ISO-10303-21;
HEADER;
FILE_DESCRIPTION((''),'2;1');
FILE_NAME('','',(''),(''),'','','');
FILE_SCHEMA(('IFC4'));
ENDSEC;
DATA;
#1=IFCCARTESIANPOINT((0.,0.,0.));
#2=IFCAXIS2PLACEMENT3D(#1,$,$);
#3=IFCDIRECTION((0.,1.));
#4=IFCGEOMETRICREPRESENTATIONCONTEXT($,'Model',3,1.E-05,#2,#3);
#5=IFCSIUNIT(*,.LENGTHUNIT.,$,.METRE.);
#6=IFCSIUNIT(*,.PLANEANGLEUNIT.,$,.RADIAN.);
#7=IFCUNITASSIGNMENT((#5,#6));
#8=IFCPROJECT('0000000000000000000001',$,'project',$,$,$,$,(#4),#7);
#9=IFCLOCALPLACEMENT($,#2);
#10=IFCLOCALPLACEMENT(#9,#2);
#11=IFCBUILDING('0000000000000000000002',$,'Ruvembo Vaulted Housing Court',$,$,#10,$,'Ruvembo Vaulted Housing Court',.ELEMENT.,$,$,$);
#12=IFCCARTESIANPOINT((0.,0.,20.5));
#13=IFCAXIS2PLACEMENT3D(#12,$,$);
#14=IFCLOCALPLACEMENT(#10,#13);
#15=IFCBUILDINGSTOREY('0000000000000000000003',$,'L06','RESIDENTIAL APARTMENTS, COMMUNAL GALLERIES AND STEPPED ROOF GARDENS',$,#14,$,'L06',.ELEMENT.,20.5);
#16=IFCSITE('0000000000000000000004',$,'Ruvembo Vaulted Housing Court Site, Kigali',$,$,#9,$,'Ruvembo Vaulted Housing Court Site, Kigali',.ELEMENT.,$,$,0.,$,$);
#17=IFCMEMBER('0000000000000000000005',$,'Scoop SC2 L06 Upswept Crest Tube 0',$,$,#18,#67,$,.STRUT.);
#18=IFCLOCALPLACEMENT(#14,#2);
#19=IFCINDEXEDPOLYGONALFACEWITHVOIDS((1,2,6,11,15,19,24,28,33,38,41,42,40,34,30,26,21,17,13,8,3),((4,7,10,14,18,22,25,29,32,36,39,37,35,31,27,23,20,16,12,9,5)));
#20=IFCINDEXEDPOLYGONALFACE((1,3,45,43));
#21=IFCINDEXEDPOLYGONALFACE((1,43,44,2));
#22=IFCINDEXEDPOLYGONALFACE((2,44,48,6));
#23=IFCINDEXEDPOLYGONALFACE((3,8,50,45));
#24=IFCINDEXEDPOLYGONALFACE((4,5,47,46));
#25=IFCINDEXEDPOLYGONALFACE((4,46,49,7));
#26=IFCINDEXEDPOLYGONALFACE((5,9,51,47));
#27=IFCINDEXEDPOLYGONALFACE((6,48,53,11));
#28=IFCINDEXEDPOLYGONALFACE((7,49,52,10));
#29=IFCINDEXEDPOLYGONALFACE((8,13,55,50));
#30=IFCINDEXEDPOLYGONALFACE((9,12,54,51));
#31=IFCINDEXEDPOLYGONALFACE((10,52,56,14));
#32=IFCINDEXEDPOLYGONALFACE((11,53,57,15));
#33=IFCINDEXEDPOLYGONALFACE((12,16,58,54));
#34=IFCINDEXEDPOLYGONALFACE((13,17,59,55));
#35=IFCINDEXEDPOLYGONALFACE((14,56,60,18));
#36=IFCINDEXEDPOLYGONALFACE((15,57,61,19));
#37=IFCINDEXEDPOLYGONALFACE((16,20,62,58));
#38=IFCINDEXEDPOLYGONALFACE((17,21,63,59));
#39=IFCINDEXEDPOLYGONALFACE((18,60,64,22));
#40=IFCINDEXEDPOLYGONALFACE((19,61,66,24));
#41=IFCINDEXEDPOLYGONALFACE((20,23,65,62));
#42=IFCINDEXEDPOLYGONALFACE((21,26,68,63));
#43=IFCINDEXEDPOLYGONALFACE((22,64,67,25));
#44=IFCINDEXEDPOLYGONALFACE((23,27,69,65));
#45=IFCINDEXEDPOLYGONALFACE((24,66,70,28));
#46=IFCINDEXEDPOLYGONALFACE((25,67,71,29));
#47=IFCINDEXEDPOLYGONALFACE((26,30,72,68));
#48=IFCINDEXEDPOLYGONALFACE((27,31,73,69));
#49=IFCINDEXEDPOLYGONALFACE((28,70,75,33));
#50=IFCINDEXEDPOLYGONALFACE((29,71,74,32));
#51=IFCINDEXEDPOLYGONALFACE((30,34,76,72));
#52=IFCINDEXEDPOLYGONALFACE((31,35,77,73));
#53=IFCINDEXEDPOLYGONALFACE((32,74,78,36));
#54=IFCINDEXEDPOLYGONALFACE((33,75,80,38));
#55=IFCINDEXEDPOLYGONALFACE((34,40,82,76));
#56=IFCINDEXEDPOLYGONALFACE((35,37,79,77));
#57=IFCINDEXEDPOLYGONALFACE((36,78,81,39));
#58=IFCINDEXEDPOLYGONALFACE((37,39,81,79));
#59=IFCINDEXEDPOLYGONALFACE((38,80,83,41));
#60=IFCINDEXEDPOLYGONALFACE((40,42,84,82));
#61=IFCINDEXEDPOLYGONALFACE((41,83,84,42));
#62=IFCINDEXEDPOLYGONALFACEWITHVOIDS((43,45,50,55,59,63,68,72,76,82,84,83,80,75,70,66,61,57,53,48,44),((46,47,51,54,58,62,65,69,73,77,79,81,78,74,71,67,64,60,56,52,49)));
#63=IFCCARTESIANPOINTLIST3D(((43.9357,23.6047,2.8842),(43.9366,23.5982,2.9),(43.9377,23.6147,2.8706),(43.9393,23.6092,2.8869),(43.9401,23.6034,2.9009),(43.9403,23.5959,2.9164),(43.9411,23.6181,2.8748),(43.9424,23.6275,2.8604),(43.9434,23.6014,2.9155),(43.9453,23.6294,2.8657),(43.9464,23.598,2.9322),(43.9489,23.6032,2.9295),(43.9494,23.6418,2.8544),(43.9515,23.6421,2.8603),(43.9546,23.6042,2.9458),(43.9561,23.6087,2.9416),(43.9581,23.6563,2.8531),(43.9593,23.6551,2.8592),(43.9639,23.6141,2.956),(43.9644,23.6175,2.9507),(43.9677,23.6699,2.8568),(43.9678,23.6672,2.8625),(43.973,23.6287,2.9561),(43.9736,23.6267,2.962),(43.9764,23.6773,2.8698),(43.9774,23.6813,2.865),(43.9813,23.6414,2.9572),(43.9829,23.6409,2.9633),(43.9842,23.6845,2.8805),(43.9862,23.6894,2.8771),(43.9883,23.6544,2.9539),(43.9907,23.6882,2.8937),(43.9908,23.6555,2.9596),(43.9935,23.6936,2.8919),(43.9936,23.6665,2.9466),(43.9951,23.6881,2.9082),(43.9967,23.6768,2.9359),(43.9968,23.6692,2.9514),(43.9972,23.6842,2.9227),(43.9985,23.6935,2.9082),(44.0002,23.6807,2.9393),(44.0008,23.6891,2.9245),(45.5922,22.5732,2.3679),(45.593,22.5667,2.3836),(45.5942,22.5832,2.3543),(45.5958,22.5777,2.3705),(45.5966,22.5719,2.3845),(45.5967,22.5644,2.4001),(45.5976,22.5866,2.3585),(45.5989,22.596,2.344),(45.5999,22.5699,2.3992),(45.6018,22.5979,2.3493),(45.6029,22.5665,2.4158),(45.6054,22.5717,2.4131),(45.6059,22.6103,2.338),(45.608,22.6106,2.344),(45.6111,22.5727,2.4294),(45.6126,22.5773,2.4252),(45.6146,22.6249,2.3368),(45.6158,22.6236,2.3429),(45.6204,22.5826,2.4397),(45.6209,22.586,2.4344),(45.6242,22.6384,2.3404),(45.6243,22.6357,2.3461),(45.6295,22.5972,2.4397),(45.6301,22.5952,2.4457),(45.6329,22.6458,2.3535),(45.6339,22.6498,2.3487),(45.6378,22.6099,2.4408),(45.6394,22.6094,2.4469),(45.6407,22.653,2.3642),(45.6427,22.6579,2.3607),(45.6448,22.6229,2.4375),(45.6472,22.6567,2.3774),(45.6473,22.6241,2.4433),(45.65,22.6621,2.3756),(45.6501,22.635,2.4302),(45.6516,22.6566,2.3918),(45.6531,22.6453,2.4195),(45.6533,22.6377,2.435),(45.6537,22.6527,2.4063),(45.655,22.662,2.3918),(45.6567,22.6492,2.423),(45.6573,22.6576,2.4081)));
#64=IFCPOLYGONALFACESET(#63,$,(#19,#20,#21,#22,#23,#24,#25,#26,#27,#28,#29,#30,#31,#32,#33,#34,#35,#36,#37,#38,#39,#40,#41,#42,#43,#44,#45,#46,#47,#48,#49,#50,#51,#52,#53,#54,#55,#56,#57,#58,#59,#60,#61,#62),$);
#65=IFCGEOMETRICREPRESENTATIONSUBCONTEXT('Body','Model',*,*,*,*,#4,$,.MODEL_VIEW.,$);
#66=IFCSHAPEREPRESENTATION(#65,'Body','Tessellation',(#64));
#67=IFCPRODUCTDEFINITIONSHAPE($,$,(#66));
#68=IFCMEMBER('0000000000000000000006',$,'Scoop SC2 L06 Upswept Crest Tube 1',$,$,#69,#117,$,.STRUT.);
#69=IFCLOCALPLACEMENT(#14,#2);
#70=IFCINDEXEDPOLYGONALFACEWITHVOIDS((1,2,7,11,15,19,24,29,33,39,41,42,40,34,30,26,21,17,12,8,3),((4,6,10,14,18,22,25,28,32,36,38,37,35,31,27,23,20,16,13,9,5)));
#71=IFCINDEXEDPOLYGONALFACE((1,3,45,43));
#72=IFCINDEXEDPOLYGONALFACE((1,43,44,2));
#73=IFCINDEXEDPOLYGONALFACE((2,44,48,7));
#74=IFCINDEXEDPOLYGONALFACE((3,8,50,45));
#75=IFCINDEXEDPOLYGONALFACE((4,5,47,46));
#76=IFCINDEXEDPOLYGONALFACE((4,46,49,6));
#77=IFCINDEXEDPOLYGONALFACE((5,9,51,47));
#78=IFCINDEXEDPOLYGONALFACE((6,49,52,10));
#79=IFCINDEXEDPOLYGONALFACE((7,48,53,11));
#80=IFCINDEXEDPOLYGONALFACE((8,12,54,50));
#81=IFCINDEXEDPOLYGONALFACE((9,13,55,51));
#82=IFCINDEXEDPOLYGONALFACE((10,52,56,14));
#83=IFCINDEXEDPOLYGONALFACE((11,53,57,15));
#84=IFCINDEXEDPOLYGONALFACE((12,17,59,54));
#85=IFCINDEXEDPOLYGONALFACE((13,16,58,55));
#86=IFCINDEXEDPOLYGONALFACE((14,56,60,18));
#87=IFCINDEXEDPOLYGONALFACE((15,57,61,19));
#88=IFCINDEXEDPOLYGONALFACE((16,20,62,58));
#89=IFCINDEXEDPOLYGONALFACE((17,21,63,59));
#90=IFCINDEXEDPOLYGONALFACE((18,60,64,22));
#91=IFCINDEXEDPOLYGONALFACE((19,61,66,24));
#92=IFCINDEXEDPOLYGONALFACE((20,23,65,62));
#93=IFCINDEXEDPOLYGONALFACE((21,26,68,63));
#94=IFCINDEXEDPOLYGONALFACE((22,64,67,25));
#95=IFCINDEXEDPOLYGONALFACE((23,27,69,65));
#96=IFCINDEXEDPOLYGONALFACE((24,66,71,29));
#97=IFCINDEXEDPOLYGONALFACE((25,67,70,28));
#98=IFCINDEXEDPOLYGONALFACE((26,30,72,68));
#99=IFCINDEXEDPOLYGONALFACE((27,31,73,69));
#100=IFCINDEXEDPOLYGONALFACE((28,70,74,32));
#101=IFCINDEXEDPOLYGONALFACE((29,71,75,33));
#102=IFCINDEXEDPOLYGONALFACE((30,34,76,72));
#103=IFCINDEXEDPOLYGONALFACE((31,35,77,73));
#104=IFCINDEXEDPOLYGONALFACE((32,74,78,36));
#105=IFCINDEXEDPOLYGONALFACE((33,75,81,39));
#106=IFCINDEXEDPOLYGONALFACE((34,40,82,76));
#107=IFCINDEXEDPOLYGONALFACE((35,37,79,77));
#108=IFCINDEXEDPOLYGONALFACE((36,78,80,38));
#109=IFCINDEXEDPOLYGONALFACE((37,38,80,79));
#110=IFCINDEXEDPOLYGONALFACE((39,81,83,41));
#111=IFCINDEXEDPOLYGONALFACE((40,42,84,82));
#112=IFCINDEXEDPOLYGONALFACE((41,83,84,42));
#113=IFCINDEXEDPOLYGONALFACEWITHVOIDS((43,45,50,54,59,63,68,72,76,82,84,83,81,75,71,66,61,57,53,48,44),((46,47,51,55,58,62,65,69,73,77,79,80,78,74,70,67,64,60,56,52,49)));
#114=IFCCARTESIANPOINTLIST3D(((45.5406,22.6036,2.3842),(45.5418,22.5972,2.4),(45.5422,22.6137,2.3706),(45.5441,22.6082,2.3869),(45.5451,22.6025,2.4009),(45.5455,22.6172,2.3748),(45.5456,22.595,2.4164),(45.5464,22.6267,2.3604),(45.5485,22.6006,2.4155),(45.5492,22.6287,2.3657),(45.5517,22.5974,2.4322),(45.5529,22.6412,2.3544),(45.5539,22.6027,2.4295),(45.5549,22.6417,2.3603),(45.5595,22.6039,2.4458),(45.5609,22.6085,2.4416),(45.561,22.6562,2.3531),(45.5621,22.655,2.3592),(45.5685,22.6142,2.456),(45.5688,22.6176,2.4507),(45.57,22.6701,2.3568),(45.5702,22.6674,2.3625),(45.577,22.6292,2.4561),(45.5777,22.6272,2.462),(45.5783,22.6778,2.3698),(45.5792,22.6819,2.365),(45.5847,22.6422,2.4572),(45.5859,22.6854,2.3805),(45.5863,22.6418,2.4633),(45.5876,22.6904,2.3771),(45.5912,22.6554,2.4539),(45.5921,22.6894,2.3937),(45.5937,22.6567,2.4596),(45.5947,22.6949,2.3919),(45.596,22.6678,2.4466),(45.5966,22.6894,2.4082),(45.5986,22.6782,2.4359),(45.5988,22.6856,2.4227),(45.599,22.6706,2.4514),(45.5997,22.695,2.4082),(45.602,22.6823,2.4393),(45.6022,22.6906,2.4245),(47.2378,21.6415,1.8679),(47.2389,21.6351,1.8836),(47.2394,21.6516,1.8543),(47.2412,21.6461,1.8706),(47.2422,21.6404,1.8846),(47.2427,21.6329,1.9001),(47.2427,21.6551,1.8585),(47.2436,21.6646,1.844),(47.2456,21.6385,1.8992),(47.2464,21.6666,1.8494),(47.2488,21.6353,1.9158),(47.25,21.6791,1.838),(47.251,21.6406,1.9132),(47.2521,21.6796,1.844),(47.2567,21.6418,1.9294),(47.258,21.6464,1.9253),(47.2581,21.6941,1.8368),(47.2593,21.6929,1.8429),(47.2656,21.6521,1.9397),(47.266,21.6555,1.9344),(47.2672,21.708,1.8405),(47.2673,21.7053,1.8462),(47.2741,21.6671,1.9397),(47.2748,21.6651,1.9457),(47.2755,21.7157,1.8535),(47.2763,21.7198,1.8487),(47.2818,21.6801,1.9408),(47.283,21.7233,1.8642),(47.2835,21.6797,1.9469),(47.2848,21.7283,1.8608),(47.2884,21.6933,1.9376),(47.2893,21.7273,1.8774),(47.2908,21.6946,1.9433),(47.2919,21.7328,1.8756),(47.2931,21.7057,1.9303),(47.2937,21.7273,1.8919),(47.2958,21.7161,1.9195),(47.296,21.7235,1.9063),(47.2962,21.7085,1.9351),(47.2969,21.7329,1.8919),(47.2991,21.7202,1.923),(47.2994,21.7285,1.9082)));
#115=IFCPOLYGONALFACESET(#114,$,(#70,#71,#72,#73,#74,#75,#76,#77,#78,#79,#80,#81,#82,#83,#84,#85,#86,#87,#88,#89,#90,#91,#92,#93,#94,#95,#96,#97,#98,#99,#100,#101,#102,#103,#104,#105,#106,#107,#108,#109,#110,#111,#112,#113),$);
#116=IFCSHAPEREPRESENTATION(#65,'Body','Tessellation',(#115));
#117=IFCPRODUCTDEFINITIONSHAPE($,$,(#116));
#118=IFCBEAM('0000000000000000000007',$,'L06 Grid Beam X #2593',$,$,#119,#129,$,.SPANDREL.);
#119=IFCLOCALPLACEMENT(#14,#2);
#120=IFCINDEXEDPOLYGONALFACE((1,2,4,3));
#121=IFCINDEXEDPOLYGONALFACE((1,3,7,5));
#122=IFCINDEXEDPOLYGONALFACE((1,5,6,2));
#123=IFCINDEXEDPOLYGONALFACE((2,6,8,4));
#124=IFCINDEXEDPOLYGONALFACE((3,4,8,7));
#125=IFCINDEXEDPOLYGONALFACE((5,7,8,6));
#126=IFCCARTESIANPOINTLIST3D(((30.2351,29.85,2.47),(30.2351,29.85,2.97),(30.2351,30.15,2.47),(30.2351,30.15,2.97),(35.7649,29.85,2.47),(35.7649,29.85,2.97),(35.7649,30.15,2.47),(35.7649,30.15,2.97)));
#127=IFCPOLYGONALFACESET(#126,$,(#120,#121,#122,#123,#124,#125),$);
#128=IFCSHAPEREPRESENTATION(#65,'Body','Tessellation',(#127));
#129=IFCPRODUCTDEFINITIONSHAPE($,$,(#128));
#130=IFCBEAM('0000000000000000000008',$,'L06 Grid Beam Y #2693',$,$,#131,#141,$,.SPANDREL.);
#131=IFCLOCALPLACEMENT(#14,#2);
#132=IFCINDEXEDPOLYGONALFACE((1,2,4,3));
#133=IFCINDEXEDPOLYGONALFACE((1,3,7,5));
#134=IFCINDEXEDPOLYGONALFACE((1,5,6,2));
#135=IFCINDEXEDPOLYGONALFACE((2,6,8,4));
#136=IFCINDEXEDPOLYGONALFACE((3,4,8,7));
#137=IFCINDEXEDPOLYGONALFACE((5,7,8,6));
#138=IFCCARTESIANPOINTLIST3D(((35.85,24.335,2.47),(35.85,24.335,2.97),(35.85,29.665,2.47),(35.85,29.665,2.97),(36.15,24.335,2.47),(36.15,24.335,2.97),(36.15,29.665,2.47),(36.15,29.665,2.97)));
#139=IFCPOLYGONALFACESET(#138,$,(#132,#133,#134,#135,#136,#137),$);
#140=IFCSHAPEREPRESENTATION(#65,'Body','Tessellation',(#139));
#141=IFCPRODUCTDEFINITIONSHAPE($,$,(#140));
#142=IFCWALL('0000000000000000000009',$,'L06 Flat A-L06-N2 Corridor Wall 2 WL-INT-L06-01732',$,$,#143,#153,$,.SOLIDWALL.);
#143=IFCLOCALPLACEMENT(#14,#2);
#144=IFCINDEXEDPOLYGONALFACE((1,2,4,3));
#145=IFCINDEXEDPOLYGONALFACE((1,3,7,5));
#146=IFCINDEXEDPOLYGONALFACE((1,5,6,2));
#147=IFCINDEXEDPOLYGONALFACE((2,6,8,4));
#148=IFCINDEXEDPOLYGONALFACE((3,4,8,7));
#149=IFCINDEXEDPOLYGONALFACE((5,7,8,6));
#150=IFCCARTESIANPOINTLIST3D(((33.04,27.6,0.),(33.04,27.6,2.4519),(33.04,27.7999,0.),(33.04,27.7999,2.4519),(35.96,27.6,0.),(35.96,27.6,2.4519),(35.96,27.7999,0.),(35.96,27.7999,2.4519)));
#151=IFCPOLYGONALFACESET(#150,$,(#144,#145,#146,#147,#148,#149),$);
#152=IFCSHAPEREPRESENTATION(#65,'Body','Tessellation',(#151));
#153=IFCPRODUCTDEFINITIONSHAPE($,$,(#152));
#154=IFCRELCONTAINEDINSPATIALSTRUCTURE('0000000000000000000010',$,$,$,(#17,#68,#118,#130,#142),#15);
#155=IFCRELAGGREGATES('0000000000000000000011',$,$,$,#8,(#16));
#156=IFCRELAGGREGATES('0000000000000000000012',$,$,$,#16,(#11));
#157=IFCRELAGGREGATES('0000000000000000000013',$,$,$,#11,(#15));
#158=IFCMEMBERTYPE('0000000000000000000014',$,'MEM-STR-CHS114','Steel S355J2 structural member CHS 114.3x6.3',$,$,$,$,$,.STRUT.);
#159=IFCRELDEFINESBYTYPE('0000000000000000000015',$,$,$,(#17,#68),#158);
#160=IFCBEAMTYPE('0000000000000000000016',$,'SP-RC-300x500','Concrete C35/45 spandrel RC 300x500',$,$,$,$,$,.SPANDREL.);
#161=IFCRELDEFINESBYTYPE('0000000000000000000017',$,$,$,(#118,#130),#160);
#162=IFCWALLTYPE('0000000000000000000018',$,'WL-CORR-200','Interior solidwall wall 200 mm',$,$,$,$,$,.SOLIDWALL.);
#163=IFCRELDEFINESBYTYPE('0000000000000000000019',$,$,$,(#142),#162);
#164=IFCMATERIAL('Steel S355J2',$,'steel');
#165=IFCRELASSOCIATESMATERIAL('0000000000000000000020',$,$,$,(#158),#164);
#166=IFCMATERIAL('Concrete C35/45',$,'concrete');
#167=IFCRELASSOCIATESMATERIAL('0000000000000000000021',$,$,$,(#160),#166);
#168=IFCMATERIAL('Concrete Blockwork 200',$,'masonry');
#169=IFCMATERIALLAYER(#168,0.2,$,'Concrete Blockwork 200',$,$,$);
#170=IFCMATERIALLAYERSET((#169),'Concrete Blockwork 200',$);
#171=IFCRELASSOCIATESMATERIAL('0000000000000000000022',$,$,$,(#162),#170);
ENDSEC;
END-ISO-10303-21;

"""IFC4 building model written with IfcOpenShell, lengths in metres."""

from ifc_helpers import new_model, si_unit, direction, frame, frame_2d, origin, origin_2d, place, context, subcontext, project, spatial, rectangle, hollow_circle, extrude, material, layer, layer_set, material_profile, profile_set, type_object, element, save


model = new_model("IFC4")

# Units and contexts
model_context = context("Model", 3, precision=1e-05, world=origin(), true_north=direction((0.0, 1.0)))
body_context = subcontext(model_context, "Body", "Model", "MODEL_VIEW")
ifc_project = project(units=[si_unit("LENGTHUNIT", "METRE"), si_unit("PLANEANGLEUNIT", "RADIAN")], contexts=[model_context])

# Site, building, storey
site_placement = place(None, origin())
site = spatial("IfcSite", under=ifc_project, at=site_placement, Name="Ruvembo Vaulted Housing Court Site, Kigali", LongName="Ruvembo Vaulted Housing Court Site, Kigali", CompositionType="ELEMENT", RefElevation=0.0)
building_placement = place(site_placement, origin())
building = spatial("IfcBuilding", under=site, at=building_placement, Name="Ruvembo Vaulted Housing Court", LongName="Ruvembo Vaulted Housing Court", CompositionType="ELEMENT")
storey_placement = place(building_placement, frame((0.0, 0.0, 20.5)))
storey = spatial("IfcBuildingStorey", under=building, at=storey_placement, Name="L06", Description="RESIDENTIAL APARTMENTS, COMMUNAL GALLERIES AND STEPPED ROOF GARDENS", LongName="L06", CompositionType="ELEMENT", Elevation=20.5)

# Shared definitions
ifc_material_1 = material(Name="Concrete C35/45", Category="concrete")

# Members
ifc_material_2 = material(Name="Steel S355J2", Category="steel")
ifc_material_profile_1 = material_profile(ifc_material_2, hollow_circle(Radius=0.0571, WallThickness=0.0063, at=origin_2d()), Name="CHS 114.3x6.3")
ifc_profile_set_1 = profile_set([ifc_material_profile_1], Name="Steel S355J2")
member_type_1 = type_object("IfcMemberType", Name="MEM-STR-CHS114", Description="Steel S355J2 structural member CHS 114.3x6.3", PredefinedType="STRUT", material=ifc_profile_set_1)
member_1_placement = place(storey_placement, frame((43.9683, 23.645, 2.9082), z_axis=(0.820632, -0.511005, -0.255805), x_axis=(0.528592, 0.848876, 0.0)))
element("IfcMember", 1, at=member_1_placement, inside=storey, type_object=member_type_1, Name="Scoop SC2 L06 Upswept Crest Tube 0", PredefinedType="STRUT", context=body_context, shape_type="SweptSolid", body=[
    extrude(hollow_circle(Radius=0.0571, WallThickness=0.0063, at=origin_2d()), origin(), (0.0, 0.0, 1.0), 2.0186),
])
member_2_placement = place(storey_placement, frame((45.5715, 22.6453, 2.4082), z_axis=(0.840985, -0.476744, -0.255852), x_axis=(0.493158, 0.86994, 0.0)))
element("IfcMember", 2, at=member_2_placement, inside=storey, type_object=member_type_1, Name="Scoop SC2 L06 Upswept Crest Tube 1", PredefinedType="STRUT", context=body_context, shape_type="SweptSolid", body=[
    extrude(hollow_circle(Radius=0.0571, WallThickness=0.0063, at=origin_2d()), origin(), (0.0, 0.0, 1.0), 2.0181),
])

# Beams
ifc_material_profile_2 = material_profile(ifc_material_1, rectangle(XDim=0.3, YDim=0.5, at=origin_2d()), Name="RC 300x500")
ifc_profile_set_2 = profile_set([ifc_material_profile_2], Name="Concrete C35/45")
beam_type = type_object("IfcBeamType", Name="SP-RC-300x500", Description="Concrete C35/45 spandrel RC 300x500", PredefinedType="SPANDREL", material=ifc_profile_set_2)
beam_1_placement = place(storey_placement, frame((30.2351, 30.0, 2.72), z_axis=(1.0, 0.0, 0.0), x_axis=(0.0, 1.0, 0.0)))
element("IfcBeam", 3, at=beam_1_placement, inside=storey, type_object=beam_type, Name="L06 Grid Beam X #2593", PredefinedType="SPANDREL", context=body_context, shape_type="SweptSolid", body=[
    extrude(rectangle(XDim=0.3, YDim=0.5, at=origin_2d()), origin(), (0.0, 0.0, 1.0), 5.5298),
])
beam_2_placement = place(storey_placement, frame((36.0, 24.335, 2.72), z_axis=(0.0, 1.0, 0.0), x_axis=(-1.0, 0.0, 0.0)))
element("IfcBeam", 4, at=beam_2_placement, inside=storey, type_object=beam_type, Name="L06 Grid Beam Y #2693", PredefinedType="SPANDREL", context=body_context, shape_type="SweptSolid", body=[
    extrude(rectangle(XDim=0.3, YDim=0.5, at=origin_2d()), origin(), (0.0, 0.0, 1.0), 5.3301),
])

# Wall
ifc_material_3 = material(Name="Concrete Blockwork 200", Category="masonry")
ifc_layer_1 = layer(ifc_material_3, 0.2, Name="Concrete Blockwork 200")
ifc_layer_set_1 = layer_set([ifc_layer_1], Name="Concrete Blockwork 200")
wall_type_1 = type_object("IfcWallType", Name="WL-CORR-200", Description="Interior solidwall wall 200 mm", PredefinedType="SOLIDWALL", material=ifc_layer_set_1)
wall_1_placement = place(storey_placement, frame((33.04, 27.7, 0.0), z_axis=(0.0, 0.0, 1.0), x_axis=(1.0, 0.0, 0.0)))
element("IfcWall", 5, at=wall_1_placement, inside=storey, type_object=wall_type_1, Name="L06 Flat A-L06-N2 Corridor Wall 2 WL-INT-L06-01732", PredefinedType="SOLIDWALL", context=body_context, shape_type="SweptSolid", body=[
    extrude(rectangle(XDim=2.9199, YDim=0.2, at=frame_2d((1.46, 0.0))), origin(), (0.0, 0.0, 1.0), 2.4519),
])

save(model, "model.ifc")
